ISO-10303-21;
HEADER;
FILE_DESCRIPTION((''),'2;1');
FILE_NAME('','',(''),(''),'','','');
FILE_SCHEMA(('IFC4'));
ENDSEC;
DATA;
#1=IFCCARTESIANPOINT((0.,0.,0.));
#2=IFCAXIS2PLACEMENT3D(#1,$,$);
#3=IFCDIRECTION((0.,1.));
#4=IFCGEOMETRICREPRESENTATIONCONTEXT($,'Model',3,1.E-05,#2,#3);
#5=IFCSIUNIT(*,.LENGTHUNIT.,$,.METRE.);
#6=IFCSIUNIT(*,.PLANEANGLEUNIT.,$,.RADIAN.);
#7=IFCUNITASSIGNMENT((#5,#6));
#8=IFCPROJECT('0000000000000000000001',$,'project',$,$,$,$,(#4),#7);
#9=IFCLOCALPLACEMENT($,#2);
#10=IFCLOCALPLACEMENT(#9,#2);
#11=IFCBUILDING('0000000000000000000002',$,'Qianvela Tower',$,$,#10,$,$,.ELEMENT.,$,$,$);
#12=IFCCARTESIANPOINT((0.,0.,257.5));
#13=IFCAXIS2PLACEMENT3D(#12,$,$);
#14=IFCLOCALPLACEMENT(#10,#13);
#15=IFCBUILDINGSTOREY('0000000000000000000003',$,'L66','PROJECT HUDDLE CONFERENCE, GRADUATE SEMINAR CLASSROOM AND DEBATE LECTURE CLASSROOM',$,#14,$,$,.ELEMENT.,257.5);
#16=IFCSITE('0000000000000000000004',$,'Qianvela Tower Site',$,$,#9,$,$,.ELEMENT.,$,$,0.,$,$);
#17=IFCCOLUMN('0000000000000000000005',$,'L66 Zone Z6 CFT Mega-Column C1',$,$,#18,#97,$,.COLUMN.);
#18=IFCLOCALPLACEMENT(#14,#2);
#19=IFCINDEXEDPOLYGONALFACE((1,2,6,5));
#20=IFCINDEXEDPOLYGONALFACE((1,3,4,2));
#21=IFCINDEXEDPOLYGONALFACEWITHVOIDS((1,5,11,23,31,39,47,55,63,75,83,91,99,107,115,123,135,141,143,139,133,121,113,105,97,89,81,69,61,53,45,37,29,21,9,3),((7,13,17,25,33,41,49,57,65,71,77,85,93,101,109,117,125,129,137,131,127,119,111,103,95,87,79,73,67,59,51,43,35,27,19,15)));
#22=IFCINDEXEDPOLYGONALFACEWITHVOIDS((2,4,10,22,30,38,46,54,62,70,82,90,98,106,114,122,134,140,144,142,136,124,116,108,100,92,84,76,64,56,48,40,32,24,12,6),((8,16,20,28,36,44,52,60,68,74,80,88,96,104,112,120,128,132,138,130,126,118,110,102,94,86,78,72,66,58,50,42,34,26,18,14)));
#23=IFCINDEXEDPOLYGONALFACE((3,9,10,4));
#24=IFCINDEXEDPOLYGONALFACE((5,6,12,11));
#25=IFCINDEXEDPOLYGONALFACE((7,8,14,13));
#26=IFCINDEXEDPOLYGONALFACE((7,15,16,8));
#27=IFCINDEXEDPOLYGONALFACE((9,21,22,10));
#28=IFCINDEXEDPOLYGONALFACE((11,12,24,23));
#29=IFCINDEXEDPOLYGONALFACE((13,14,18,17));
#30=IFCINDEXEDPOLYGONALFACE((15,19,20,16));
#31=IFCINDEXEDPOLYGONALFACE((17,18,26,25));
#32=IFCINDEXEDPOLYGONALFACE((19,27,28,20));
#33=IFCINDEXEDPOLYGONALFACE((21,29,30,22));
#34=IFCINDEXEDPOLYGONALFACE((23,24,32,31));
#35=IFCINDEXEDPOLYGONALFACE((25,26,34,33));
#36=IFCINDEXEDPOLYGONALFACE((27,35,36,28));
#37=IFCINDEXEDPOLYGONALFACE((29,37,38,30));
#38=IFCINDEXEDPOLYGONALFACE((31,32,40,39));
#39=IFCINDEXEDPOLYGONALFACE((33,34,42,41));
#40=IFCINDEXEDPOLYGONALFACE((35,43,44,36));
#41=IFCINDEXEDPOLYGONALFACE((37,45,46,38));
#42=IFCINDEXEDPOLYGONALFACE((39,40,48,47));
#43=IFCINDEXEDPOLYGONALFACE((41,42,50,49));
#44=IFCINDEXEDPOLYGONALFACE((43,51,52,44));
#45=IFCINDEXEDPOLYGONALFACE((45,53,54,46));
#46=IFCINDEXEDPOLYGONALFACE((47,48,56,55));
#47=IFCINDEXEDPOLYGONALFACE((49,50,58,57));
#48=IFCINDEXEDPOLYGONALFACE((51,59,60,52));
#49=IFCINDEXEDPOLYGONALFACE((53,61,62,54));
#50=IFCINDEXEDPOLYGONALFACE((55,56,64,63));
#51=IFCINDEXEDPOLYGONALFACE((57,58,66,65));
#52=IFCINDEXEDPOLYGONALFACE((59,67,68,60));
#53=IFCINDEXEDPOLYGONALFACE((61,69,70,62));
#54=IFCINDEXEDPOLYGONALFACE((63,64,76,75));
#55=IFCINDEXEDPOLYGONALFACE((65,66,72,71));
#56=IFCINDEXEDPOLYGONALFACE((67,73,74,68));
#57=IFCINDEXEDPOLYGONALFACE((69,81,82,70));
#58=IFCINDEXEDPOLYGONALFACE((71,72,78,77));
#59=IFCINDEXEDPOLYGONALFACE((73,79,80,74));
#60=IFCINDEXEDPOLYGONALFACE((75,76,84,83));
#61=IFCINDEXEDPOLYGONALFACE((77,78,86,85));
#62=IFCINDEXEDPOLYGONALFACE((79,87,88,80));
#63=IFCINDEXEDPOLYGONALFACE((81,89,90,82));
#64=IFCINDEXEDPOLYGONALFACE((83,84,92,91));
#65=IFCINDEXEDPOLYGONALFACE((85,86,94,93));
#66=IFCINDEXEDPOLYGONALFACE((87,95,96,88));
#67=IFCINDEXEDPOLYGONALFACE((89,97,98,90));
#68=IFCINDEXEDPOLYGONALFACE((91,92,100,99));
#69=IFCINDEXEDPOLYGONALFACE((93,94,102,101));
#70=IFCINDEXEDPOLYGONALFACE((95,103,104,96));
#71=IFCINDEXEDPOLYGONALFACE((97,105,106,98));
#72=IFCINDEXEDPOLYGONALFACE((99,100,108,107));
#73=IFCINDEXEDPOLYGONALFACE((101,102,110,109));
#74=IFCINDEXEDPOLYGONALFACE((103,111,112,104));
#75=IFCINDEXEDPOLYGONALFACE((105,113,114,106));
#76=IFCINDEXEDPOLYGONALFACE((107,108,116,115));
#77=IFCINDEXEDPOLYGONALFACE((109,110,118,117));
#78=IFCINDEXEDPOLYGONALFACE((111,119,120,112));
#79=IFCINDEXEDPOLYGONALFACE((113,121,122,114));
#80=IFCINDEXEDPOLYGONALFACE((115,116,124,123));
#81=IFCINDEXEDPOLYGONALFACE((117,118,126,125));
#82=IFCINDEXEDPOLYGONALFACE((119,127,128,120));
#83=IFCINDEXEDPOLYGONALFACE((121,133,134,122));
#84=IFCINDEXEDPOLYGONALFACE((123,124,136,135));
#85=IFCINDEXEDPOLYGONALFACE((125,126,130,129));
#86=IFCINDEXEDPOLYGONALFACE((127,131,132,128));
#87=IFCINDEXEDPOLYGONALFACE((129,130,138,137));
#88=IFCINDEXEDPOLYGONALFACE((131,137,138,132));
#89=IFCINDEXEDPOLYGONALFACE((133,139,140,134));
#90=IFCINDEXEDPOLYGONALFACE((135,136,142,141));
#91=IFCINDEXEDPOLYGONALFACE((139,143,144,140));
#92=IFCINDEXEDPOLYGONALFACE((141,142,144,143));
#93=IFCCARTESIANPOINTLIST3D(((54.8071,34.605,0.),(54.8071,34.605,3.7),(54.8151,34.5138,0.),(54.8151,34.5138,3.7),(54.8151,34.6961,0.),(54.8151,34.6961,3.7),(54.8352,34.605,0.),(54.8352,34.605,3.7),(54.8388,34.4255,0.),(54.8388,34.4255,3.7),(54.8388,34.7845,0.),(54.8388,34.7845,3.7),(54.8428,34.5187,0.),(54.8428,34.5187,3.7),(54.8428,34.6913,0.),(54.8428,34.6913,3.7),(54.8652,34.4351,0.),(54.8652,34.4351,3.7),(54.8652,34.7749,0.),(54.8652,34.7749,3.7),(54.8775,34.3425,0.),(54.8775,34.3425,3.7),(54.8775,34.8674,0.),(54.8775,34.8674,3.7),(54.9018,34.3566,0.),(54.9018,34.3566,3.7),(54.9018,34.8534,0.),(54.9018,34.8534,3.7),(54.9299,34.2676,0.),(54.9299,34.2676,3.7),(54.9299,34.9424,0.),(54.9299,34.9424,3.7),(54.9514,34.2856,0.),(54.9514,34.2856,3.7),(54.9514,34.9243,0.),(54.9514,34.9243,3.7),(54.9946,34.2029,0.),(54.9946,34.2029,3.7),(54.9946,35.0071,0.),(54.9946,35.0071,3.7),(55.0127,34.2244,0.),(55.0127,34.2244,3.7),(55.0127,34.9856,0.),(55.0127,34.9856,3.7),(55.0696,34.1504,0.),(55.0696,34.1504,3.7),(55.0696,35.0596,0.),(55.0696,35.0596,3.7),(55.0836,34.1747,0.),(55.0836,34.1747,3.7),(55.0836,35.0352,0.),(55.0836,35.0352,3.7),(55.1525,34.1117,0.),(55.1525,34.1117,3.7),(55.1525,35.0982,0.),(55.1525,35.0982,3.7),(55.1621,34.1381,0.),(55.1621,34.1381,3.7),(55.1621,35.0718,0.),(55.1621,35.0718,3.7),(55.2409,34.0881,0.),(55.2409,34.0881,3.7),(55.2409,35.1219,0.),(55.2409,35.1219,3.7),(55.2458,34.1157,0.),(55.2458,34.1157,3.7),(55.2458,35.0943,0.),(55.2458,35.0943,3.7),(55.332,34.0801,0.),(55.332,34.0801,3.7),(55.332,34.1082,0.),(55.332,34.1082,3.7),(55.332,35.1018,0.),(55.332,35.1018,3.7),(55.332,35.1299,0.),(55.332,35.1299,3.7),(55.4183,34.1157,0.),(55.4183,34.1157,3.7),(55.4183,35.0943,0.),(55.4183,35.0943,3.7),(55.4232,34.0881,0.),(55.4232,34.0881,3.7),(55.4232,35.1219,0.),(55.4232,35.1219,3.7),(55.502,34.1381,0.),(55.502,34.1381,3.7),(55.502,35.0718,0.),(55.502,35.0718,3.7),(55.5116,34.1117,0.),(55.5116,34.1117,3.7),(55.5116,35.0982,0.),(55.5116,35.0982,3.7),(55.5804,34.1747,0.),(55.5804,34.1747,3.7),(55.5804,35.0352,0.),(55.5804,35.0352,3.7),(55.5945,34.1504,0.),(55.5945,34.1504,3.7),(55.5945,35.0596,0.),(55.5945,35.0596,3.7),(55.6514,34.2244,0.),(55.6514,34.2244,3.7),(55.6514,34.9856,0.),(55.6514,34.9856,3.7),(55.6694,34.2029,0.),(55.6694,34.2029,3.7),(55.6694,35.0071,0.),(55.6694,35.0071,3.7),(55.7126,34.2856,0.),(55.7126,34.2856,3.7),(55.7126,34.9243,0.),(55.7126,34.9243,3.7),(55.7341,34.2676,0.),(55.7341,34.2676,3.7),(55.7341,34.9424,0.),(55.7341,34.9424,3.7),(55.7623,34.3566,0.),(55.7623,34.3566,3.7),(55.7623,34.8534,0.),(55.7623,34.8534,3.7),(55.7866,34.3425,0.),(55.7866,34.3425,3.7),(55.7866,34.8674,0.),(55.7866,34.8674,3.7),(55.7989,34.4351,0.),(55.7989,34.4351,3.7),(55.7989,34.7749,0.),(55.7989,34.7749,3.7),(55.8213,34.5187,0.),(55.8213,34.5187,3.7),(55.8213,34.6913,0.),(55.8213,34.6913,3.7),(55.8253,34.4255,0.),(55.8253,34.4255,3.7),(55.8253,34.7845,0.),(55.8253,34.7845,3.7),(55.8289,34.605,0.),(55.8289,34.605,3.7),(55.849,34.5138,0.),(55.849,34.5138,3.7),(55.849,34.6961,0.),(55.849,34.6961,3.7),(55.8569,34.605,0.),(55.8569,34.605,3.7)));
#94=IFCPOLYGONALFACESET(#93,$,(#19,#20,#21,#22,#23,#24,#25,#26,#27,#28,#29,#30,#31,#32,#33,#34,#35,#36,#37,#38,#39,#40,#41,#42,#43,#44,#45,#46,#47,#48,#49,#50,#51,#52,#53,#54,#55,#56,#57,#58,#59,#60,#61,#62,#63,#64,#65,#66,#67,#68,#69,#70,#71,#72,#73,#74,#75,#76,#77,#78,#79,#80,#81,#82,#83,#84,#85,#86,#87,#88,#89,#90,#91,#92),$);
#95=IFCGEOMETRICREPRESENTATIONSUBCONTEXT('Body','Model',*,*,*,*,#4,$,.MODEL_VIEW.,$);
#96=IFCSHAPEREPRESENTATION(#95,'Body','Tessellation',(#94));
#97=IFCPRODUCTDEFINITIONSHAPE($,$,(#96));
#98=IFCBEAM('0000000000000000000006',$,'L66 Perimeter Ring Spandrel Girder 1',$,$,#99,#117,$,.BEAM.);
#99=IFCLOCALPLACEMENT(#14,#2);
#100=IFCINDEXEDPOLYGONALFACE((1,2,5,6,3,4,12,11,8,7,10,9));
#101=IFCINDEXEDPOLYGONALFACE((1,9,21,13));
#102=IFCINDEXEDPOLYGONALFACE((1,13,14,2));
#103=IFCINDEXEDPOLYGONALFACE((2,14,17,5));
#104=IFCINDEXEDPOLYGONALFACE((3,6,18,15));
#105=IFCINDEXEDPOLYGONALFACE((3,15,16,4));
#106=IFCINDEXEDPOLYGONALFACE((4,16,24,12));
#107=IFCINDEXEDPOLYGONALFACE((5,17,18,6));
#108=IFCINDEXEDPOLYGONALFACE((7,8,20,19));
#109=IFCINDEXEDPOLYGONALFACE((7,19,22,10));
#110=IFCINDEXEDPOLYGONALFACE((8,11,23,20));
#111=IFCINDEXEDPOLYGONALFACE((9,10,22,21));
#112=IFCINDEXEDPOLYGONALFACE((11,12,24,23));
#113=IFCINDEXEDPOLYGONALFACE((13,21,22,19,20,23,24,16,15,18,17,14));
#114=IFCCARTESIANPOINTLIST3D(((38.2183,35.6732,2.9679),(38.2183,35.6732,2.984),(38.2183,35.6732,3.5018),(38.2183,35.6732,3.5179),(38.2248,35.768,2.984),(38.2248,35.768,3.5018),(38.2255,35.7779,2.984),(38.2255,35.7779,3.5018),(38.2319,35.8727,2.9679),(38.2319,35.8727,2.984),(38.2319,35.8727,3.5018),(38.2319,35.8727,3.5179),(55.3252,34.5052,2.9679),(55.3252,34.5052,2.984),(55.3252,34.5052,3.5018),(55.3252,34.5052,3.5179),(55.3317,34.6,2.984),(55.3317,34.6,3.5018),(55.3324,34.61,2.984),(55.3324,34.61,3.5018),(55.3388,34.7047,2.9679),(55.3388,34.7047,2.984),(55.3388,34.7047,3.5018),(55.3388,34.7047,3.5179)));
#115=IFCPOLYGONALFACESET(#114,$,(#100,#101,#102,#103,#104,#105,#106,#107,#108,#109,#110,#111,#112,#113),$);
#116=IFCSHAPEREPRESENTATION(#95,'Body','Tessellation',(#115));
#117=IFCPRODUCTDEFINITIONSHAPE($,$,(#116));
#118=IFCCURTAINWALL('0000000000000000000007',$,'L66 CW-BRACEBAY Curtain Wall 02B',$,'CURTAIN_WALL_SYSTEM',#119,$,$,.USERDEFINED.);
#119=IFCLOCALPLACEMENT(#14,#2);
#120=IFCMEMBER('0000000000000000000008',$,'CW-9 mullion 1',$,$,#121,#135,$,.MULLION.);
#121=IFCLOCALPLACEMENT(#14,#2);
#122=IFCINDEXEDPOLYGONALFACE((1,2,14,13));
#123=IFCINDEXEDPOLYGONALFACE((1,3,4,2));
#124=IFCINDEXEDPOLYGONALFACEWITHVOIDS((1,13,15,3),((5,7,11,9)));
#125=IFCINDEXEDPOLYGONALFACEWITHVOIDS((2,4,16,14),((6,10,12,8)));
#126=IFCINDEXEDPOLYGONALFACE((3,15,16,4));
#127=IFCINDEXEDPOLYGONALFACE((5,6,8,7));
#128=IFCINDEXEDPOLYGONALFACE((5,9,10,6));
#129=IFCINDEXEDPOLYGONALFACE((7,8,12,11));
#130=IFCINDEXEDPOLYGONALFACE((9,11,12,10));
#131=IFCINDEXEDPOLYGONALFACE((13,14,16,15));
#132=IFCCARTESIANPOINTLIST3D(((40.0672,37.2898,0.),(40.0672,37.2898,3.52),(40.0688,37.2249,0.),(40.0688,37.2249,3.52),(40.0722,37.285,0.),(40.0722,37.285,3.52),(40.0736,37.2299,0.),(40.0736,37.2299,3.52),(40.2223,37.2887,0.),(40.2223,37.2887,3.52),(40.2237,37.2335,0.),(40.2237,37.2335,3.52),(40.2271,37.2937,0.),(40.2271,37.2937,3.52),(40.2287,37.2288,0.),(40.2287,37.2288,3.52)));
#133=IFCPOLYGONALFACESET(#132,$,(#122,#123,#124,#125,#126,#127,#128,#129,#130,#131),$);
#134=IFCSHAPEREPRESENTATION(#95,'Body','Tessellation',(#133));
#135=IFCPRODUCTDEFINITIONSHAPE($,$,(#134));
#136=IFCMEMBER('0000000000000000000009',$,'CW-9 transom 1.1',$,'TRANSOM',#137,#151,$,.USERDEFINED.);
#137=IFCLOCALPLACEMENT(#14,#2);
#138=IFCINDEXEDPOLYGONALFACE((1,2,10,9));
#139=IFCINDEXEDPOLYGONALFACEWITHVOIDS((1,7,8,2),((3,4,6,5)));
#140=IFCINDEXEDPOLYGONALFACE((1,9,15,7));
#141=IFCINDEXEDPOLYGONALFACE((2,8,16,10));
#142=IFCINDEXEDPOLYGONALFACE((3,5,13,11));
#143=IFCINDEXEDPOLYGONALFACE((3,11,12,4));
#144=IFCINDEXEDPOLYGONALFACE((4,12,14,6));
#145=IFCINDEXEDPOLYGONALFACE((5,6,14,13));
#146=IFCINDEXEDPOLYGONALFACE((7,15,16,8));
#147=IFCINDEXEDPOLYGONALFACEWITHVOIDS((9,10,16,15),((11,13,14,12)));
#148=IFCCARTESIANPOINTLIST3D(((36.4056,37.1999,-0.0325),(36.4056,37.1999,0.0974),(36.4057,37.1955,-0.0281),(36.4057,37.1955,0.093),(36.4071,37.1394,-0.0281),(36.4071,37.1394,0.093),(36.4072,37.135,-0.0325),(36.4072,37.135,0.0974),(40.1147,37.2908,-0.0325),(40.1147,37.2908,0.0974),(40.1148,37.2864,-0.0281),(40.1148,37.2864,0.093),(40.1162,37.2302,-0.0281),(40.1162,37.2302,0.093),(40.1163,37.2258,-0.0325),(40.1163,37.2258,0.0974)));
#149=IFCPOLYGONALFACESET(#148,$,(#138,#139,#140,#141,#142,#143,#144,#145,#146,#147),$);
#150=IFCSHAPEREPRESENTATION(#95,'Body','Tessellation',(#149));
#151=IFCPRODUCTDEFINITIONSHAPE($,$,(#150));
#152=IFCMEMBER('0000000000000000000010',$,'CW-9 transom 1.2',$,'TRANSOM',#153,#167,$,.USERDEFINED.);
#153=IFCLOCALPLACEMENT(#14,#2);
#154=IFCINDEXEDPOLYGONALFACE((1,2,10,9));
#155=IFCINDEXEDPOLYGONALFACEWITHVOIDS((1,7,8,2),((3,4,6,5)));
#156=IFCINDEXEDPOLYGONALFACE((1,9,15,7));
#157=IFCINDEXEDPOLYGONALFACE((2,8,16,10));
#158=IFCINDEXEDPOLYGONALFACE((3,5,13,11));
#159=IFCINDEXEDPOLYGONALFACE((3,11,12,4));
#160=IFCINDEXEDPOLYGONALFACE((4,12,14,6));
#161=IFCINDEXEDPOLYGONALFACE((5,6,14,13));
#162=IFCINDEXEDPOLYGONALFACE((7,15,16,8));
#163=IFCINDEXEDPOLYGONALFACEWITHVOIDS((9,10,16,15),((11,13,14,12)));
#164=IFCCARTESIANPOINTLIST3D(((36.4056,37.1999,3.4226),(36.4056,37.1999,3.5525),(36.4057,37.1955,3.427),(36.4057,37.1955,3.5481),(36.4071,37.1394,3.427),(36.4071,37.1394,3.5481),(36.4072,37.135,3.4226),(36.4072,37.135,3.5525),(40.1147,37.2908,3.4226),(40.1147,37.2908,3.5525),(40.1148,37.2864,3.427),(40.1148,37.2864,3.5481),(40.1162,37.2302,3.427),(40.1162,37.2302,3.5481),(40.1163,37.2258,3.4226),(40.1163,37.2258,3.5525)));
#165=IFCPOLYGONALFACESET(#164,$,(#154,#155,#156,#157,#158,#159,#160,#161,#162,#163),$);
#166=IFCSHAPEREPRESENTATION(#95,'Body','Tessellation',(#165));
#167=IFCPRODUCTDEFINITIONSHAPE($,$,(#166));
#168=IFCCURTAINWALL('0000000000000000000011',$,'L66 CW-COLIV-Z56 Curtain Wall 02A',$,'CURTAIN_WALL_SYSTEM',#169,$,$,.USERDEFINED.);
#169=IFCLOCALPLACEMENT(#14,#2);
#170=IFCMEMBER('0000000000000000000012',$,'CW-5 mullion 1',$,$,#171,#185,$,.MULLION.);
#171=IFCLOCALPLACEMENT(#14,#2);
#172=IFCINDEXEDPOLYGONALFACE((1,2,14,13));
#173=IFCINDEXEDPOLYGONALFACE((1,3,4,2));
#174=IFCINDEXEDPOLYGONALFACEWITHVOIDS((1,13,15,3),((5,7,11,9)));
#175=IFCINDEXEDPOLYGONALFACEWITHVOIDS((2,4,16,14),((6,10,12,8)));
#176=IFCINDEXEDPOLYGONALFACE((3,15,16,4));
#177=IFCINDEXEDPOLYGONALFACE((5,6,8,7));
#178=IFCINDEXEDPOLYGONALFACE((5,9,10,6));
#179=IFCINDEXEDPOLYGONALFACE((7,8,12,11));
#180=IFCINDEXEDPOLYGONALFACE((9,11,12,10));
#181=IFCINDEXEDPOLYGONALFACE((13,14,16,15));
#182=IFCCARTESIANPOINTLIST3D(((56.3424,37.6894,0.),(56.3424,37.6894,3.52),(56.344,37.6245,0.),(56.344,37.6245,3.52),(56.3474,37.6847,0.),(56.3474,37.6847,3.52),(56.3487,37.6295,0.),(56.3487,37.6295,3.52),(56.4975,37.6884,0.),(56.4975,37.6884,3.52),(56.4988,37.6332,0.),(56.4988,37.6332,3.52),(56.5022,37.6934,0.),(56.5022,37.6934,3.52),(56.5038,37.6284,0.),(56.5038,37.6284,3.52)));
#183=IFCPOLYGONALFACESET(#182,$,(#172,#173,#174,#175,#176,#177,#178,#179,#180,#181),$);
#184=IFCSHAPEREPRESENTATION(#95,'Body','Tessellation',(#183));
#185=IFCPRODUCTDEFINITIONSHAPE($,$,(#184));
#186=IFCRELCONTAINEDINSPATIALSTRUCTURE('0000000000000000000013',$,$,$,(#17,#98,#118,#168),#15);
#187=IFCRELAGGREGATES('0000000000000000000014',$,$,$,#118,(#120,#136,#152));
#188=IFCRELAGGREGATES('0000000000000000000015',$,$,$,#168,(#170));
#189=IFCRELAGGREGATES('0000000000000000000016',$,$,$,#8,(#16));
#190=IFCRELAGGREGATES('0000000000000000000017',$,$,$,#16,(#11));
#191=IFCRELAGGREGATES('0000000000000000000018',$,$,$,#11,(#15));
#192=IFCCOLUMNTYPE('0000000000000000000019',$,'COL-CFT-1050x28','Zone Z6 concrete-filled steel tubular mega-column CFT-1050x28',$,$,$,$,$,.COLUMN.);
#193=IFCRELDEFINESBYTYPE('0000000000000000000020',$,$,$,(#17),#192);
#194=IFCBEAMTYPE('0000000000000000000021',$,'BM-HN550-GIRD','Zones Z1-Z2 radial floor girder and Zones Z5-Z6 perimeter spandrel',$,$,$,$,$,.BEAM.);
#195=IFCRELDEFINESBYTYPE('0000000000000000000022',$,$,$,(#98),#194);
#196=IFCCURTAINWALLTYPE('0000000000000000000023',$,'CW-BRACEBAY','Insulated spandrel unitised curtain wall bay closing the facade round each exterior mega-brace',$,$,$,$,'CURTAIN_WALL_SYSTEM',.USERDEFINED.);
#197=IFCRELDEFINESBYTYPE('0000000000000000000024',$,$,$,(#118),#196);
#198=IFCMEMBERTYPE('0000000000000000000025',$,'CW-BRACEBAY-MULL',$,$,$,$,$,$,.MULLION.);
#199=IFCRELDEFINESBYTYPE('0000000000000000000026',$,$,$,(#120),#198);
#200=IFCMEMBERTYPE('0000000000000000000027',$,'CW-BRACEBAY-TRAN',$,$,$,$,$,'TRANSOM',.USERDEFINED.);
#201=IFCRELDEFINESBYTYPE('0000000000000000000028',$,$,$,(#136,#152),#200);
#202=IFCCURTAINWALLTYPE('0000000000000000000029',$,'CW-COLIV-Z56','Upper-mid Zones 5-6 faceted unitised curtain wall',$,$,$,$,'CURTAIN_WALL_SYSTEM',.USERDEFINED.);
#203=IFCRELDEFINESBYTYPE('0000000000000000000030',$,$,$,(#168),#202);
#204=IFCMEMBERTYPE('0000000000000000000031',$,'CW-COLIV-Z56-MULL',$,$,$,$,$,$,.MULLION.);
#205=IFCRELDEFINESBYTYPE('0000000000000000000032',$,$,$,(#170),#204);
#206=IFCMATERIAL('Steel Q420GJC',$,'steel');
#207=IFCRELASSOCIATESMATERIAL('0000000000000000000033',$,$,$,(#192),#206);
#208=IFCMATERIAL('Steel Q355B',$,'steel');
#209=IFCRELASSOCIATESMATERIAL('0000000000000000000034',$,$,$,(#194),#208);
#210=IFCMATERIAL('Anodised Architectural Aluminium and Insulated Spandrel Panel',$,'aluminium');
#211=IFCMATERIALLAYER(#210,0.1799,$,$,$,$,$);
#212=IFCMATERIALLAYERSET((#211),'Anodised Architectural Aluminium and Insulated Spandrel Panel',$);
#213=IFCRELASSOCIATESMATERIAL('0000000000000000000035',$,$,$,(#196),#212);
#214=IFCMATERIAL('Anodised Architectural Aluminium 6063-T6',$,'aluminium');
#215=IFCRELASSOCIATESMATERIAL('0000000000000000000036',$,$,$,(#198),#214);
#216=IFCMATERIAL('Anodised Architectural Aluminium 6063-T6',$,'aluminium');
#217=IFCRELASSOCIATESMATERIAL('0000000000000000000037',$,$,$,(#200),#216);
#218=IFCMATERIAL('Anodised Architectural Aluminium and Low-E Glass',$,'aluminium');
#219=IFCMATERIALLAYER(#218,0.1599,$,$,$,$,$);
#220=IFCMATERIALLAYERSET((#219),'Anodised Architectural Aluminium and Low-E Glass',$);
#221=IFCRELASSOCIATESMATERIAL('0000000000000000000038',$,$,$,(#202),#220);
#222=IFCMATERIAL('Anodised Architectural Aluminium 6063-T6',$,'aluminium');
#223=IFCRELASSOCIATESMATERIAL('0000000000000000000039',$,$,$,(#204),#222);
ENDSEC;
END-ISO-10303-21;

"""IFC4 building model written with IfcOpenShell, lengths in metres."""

from ifc_helpers import new_model, si_unit, direction, frame, origin, origin_2d, place, context, subcontext, project, spatial, hollow_rectangle, hollow_circle, i_section, extrude, material, layer, layer_set, material_profile, profile_set, type_object, element, aggregate, save


model = new_model("IFC4")

# Units and contexts
model_context = context("Model", 3, precision=1e-05, world=origin(), true_north=direction((0.0, 1.0)))
body_context = subcontext(model_context, "Body", "Model", "MODEL_VIEW")
ifc_project = project(units=[si_unit("LENGTHUNIT", "METRE"), si_unit("PLANEANGLEUNIT", "RADIAN")], contexts=[model_context])

# Site, building, storey
site_placement = place(None, origin())
site = spatial("IfcSite", under=ifc_project, at=site_placement, Name="Qianvela Tower Site", CompositionType="ELEMENT", RefElevation=0.0)
building_placement = place(site_placement, origin())
building = spatial("IfcBuilding", under=site, at=building_placement, Name="Qianvela Tower", CompositionType="ELEMENT")
storey_placement = place(building_placement, frame((0.0, 0.0, 257.5)))
storey = spatial("IfcBuildingStorey", under=building, at=storey_placement, Name="L66", Description="PROJECT HUDDLE CONFERENCE, GRADUATE SEMINAR CLASSROOM AND DEBATE LECTURE CLASSROOM", CompositionType="ELEMENT", Elevation=257.5)

# Column
ifc_material_1 = material(Name="Steel Q420GJC", Category="steel")
ifc_material_profile_1 = material_profile(ifc_material_1, hollow_circle(Radius=0.5249, WallThickness=0.0281, at=origin_2d()), Name="CFT-1050x28")
ifc_profile_set_1 = profile_set([ifc_material_profile_1], Name="Steel Q420GJC")
column_type = type_object("IfcColumnType", Name="COL-CFT-1050x28", Description="Zone Z6 concrete-filled steel tubular mega-column CFT-1050x28", PredefinedType="COLUMN", material=ifc_profile_set_1)
column_placement = place(storey_placement, frame((55.332, 34.605, 0.0), z_axis=(0.0, 0.0, 1.0), x_axis=(1.0, 0.0, 0.0)))
element("IfcColumn", 1, at=column_placement, inside=storey, type_object=column_type, Name="L66 Zone Z6 CFT Mega-Column C1", PredefinedType="COLUMN", context=body_context, shape_type="SweptSolid", body=[
    extrude(hollow_circle(Radius=0.5249, WallThickness=0.0281, at=origin_2d()), origin(), (0.0, 0.0, 1.0), 3.7),
])

# Beam
ifc_material_2 = material(Name="Steel Q355B", Category="steel")
ifc_material_profile_2 = material_profile(ifc_material_2, i_section(OverallWidth=0.2, OverallDepth=0.55, WebThickness=0.01, FlangeThickness=0.0161, at=origin_2d()), Name="HN550x200x10x16")
ifc_profile_set_2 = profile_set([ifc_material_profile_2], Name="Steel Q355B")
beam_type = type_object("IfcBeamType", Name="BM-HN550-GIRD", Description="Zones Z1-Z2 radial floor girder and Zones Z5-Z6 perimeter spandrel", PredefinedType="BEAM", material=ifc_profile_set_2)
beam_placement = place(storey_placement, frame((55.332, 34.605, 3.2429), z_axis=(-0.997677, 0.068116, 0.0), x_axis=(-0.068116, -0.997677, 0.0)))
element("IfcBeam", 2, at=beam_placement, inside=storey, type_object=beam_type, Name="L66 Perimeter Ring Spandrel Girder 1", PredefinedType="BEAM", context=body_context, shape_type="SweptSolid", body=[
    extrude(i_section(OverallWidth=0.2, OverallDepth=0.55, WebThickness=0.01, FlangeThickness=0.0161, at=origin_2d()), origin(), (0.0, 0.0, 1.0), 17.1467),
])

# Curtain walls, members
ifc_material_3 = material(Name="Anodised Architectural Aluminium and Insulated Spandrel Panel", Category="aluminium")
ifc_layer_1 = layer(ifc_material_3, 0.1799)
ifc_layer_set_1 = layer_set([ifc_layer_1], Name="Anodised Architectural Aluminium and Insulated Spandrel Panel")
curtain_wall_type_1 = type_object("IfcCurtainWallType", Name="CW-BRACEBAY", Description="Insulated spandrel unitised curtain wall bay closing the facade round each exterior mega-brace", ElementType="CURTAIN_WALL_SYSTEM", PredefinedType="USERDEFINED", material=ifc_layer_set_1)
curtain_wall_1_placement = place(storey_placement, origin())
curtain_wall_1 = element("IfcCurtainWall", 3, at=curtain_wall_1_placement, inside=storey, type_object=curtain_wall_type_1, Name="L66 CW-BRACEBAY Curtain Wall 02B", ObjectType="CURTAIN_WALL_SYSTEM", PredefinedType="USERDEFINED")
ifc_material_4 = material(Name="Anodised Architectural Aluminium 6063-T6", Category="aluminium")
ifc_material_profile_3 = material_profile(ifc_material_4, hollow_rectangle(XDim=0.0649, YDim=0.1599, WallThickness=0.0049, at=origin_2d()), Name="ALU-MULL-65x160")
ifc_profile_set_3 = profile_set([ifc_material_profile_3], Name="Anodised Architectural Aluminium 6063-T6")
member_type_1 = type_object("IfcMemberType", Name="CW-BRACEBAY-MULL", PredefinedType="MULLION", material=ifc_profile_set_3)
member_1_placement = place(storey_placement, frame((40.1479, 37.2593, 0.0), z_axis=(0.0, 0.0, 1.0), x_axis=(0.024532, -0.999699, 0.0)))
member_1 = element("IfcMember", 4, at=member_1_placement, type_object=member_type_1, Name="CW-9 mullion 1", PredefinedType="MULLION", context=body_context, shape_type="SweptSolid", body=[
    extrude(hollow_rectangle(XDim=0.0649, YDim=0.1599, WallThickness=0.0049, at=origin_2d()), origin(), (0.0, 0.0, 1.0), 3.52),
])
ifc_material_5 = material(Name="Anodised Architectural Aluminium 6063-T6", Category="aluminium")
ifc_material_profile_4 = material_profile(ifc_material_5, hollow_rectangle(XDim=0.0649, YDim=0.1299, WallThickness=0.0044, at=origin_2d()), Name="ALU-TRAN-65x130")
ifc_profile_set_4 = profile_set([ifc_material_profile_4], Name="Anodised Architectural Aluminium 6063-T6")
member_type_2 = type_object("IfcMemberType", Name="CW-BRACEBAY-TRAN", ElementType="TRANSOM", PredefinedType="USERDEFINED", material=ifc_profile_set_4)
member_2_placement = place(storey_placement, frame((40.1155, 37.2583, 0.0325), z_axis=(-0.9997, -0.024479, 0.0), x_axis=(0.024479, -0.9997, 0.0)))
member_2 = element("IfcMember", 5, at=member_2_placement, type_object=member_type_2, Name="CW-9 transom 1.1", ObjectType="TRANSOM", PredefinedType="USERDEFINED", context=body_context, shape_type="SweptSolid", body=[
    extrude(hollow_rectangle(XDim=0.0649, YDim=0.1299, WallThickness=0.0044, at=origin_2d()), origin(), (0.0, 0.0, 1.0), 3.7102),
])
member_3_placement = place(storey_placement, frame((40.1155, 37.2583, 3.4875), z_axis=(-0.9997, -0.024479, 0.0), x_axis=(0.024479, -0.9997, 0.0)))
member_3 = element("IfcMember", 6, at=member_3_placement, type_object=member_type_2, Name="CW-9 transom 1.2", ObjectType="TRANSOM", PredefinedType="USERDEFINED", context=body_context, shape_type="SweptSolid", body=[
    extrude(hollow_rectangle(XDim=0.0649, YDim=0.1299, WallThickness=0.0044, at=origin_2d()), origin(), (0.0, 0.0, 1.0), 3.7102),
])
aggregate(curtain_wall_1, [member_1, member_2, member_3])
ifc_material_6 = material(Name="Anodised Architectural Aluminium and Low-E Glass", Category="aluminium")
ifc_layer_2 = layer(ifc_material_6, 0.1599)
ifc_layer_set_2 = layer_set([ifc_layer_2], Name="Anodised Architectural Aluminium and Low-E Glass")
curtain_wall_type_2 = type_object("IfcCurtainWallType", Name="CW-COLIV-Z56", Description="Upper-mid Zones 5-6 faceted unitised curtain wall", ElementType="CURTAIN_WALL_SYSTEM", PredefinedType="USERDEFINED", material=ifc_layer_set_2)
curtain_wall_2_placement = place(storey_placement, origin())
curtain_wall_2 = element("IfcCurtainWall", 7, at=curtain_wall_2_placement, inside=storey, type_object=curtain_wall_type_2, Name="L66 CW-COLIV-Z56 Curtain Wall 02A", ObjectType="CURTAIN_WALL_SYSTEM", PredefinedType="USERDEFINED")
ifc_material_7 = material(Name="Anodised Architectural Aluminium 6063-T6", Category="aluminium")
ifc_material_profile_5 = material_profile(ifc_material_7, hollow_rectangle(XDim=0.0649, YDim=0.1599, WallThickness=0.0049, at=origin_2d()), Name="ALU-MULL-65x160")
ifc_profile_set_5 = profile_set([ifc_material_profile_5], Name="Anodised Architectural Aluminium 6063-T6")
member_type_3 = type_object("IfcMemberType", Name="CW-COLIV-Z56-MULL", PredefinedType="MULLION", material=ifc_profile_set_5)
member_4_placement = place(storey_placement, frame((56.4231, 37.6589, 0.0), z_axis=(0.0, 0.0, 1.0), x_axis=(0.024558, -0.999698, 0.0)))
member_4 = element("IfcMember", 8, at=member_4_placement, type_object=member_type_3, Name="CW-5 mullion 1", PredefinedType="MULLION", context=body_context, shape_type="SweptSolid", body=[
    extrude(hollow_rectangle(XDim=0.0649, YDim=0.1599, WallThickness=0.0049, at=origin_2d()), origin(), (0.0, 0.0, 1.0), 3.52),
])

aggregate(curtain_wall_2, [member_4])

save(model, "model.ifc")
